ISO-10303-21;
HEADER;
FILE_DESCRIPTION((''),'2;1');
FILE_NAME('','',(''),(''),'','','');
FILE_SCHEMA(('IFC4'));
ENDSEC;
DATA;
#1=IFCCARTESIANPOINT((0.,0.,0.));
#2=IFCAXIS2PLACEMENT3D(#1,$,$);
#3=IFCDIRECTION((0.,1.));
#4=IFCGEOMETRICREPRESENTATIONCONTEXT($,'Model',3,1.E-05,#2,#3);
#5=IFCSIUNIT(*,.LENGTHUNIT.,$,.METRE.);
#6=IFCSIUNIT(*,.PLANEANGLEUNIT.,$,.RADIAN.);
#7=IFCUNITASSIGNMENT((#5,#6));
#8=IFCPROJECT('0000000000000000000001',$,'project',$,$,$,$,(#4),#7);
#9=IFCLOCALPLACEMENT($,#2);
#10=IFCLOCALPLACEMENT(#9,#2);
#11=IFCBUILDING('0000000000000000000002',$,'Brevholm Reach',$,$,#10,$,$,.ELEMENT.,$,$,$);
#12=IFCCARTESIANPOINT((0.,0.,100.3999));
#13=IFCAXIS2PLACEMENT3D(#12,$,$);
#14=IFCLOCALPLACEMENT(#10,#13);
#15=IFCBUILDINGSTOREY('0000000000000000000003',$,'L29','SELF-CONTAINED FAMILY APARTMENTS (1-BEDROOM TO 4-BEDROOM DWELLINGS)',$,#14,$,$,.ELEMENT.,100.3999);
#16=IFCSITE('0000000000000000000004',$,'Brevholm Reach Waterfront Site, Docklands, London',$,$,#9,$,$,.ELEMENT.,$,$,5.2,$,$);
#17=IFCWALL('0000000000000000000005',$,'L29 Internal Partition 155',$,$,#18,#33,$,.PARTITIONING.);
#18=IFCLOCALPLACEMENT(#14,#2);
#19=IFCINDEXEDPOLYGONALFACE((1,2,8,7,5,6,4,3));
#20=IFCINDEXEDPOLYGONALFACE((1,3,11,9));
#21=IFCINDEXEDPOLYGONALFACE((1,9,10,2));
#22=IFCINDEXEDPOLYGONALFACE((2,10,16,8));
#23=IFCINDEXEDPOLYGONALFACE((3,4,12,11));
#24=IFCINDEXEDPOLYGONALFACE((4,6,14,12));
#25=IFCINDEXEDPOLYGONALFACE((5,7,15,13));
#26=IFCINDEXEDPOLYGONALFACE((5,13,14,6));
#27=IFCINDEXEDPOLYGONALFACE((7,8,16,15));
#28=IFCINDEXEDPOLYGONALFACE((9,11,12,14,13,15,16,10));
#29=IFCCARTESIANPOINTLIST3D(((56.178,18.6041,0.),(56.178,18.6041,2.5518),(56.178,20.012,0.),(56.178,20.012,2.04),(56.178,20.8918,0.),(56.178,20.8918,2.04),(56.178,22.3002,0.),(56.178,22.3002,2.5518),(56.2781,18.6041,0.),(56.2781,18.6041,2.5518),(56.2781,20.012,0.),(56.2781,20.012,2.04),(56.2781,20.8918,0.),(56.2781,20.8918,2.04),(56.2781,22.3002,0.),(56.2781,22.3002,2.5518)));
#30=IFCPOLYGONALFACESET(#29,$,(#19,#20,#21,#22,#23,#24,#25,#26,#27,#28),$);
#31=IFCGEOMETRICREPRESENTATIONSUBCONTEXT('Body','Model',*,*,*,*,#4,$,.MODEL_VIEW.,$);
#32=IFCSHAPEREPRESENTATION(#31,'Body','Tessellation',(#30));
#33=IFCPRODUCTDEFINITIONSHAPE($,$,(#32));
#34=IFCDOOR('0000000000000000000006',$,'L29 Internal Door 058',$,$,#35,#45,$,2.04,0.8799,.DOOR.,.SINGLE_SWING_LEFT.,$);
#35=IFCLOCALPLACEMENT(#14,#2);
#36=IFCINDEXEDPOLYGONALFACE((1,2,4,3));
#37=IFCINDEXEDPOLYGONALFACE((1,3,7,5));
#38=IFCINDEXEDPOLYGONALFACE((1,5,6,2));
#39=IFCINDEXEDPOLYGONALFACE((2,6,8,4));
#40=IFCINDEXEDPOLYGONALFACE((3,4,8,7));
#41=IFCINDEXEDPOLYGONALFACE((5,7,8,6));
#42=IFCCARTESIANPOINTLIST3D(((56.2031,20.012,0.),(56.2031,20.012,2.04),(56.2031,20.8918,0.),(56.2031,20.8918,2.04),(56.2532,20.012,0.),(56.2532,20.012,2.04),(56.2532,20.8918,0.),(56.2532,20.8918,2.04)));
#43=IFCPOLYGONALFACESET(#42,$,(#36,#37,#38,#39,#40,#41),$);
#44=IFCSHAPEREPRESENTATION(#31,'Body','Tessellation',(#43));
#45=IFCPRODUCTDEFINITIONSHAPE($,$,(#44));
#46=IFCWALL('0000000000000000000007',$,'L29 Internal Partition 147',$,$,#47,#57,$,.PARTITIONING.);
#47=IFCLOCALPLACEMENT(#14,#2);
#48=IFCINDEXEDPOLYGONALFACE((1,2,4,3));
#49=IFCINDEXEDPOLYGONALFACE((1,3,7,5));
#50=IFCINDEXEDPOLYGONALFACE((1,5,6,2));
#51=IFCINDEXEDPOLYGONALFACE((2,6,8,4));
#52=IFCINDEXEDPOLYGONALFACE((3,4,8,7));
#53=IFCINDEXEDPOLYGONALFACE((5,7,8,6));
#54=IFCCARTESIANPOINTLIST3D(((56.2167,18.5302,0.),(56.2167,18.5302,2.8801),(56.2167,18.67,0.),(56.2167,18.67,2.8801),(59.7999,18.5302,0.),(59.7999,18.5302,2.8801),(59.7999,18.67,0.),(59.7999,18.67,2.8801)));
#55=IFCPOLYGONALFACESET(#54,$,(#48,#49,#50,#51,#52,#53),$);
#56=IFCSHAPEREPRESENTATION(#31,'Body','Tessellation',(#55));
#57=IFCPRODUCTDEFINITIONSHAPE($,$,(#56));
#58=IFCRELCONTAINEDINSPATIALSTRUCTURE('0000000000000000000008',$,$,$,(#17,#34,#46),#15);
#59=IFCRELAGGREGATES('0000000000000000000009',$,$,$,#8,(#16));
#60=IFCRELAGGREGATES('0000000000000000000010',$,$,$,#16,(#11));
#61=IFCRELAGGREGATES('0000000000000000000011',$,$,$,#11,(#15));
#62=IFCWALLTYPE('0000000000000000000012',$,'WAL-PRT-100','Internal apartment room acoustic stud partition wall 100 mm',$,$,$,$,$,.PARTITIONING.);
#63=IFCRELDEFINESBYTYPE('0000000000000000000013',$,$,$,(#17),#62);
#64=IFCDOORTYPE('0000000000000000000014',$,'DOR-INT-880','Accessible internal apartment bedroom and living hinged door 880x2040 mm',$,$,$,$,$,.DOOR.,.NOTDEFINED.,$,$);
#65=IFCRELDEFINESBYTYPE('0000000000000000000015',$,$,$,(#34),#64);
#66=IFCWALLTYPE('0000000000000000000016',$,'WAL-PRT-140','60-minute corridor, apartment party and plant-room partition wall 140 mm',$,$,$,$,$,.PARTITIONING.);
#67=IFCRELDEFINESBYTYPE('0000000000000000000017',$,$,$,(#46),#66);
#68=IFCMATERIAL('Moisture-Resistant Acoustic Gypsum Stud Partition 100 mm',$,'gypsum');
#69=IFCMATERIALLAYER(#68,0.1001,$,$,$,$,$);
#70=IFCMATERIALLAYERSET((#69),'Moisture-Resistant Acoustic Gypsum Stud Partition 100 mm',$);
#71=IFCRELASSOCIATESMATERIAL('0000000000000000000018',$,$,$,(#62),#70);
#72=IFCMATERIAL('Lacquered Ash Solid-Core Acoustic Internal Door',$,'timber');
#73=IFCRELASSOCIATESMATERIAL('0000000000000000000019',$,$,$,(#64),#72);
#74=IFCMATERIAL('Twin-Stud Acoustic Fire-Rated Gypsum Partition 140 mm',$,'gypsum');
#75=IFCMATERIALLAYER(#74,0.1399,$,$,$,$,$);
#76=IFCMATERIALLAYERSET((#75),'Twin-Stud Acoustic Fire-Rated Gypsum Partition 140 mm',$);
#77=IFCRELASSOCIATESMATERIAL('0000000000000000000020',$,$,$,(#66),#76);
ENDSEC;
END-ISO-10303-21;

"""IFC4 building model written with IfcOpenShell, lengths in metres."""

from ifc_helpers import new_model, si_unit, direction, frame, frame_2d, origin, place, context, subcontext, project, spatial, rectangle, extrude, material, layer, layer_set, type_object, element, fill, save


model = new_model("IFC4")

# Units and contexts
model_context = context("Model", 3, precision=1e-05, world=origin(), true_north=direction((0.0, 1.0)))
body_context = subcontext(model_context, "Body", "Model", "MODEL_VIEW")
ifc_project = project(units=[si_unit("LENGTHUNIT", "METRE"), si_unit("PLANEANGLEUNIT", "RADIAN")], contexts=[model_context])

# Site, building, storey
site_placement = place(None, origin())
site = spatial("IfcSite", under=ifc_project, at=site_placement, Name="Brevholm Reach Waterfront Site, Docklands, London", CompositionType="ELEMENT", RefElevation=5.2)
building_placement = place(site_placement, origin())
building = spatial("IfcBuilding", under=site, at=building_placement, Name="Brevholm Reach", CompositionType="ELEMENT")
storey_placement = place(building_placement, frame((0.0, 0.0, 100.3999)))
storey = spatial("IfcBuildingStorey", under=building, at=storey_placement, Name="L29", Description="SELF-CONTAINED FAMILY APARTMENTS (1-BEDROOM TO 4-BEDROOM DWELLINGS)", CompositionType="ELEMENT", Elevation=100.3999)

# Shared definitions
ifc_material_1 = material(Name="Moisture-Resistant Acoustic Gypsum Stud Partition 100 mm", Category="gypsum")
ifc_layer_1 = layer(ifc_material_1, 0.1001)
ifc_layer_set_1 = layer_set([ifc_layer_1], Name="Moisture-Resistant Acoustic Gypsum Stud Partition 100 mm")
wall_type_1 = type_object("IfcWallType", Name="WAL-PRT-100", Description="Internal apartment room acoustic stud partition wall 100 mm", PredefinedType="PARTITIONING", material=ifc_layer_set_1)

# Wall, opening, door
wall_1_placement = place(storey_placement, frame((56.228, 18.604, 0.0), z_axis=(0.0, 0.0, 1.0), x_axis=(0.0, 1.0, 0.0)))
wall_1 = element("IfcWall", 1, at=wall_1_placement, inside=storey, type_object=wall_type_1, Name="L29 Internal Partition 155", PredefinedType="PARTITIONING", context=body_context, shape_type="SweptSolid", body=[
    extrude(rectangle(XDim=3.696, YDim=0.1001, at=frame_2d((1.8481, 0.0))), origin(), (0.0, 0.0, 1.0), 2.5518),
])
opening_1_placement = place(wall_1_placement, frame((1.408, 0.0, 0.0)))
opening_1 = element("IfcOpeningElement", 2, at=opening_1_placement, cuts=wall_1, PredefinedType="OPENING", context=body_context, shape_type="SweptSolid", body=[
    extrude(rectangle(XDim=0.8799, YDim=2.04, at=frame_2d((0.4399, 1.02))), frame((0.0, 0.0601, 0.0), z_axis=(0.0, -1.0, 0.0), x_axis=(1.0, 0.0, 0.0)), (0.0, 0.0, 1.0), 0.1201),
])
ifc_material_2 = material(Name="Lacquered Ash Solid-Core Acoustic Internal Door", Category="timber")
door_type = type_object("IfcDoorType", Name="DOR-INT-880", Description="Accessible internal apartment bedroom and living hinged door 880x2040 mm", OperationType="NOTDEFINED", PredefinedType="DOOR", material=ifc_material_2)
door_placement = place(opening_1_placement, origin())
door = element("IfcDoor", 3, at=door_placement, inside=storey, type_object=door_type, Name="L29 Internal Door 058", OperationType="SINGLE_SWING_LEFT", OverallHeight=2.04, OverallWidth=0.8799, PredefinedType="DOOR", context=body_context, shape_type="SweptSolid", body=[
    extrude(rectangle(XDim=0.8799, YDim=2.04, at=frame_2d((0.4399, 1.02))), frame((0.0, 0.0249, 0.0), z_axis=(0.0, -1.0, 0.0), x_axis=(1.0, 0.0, 0.0)), (0.0, 0.0, 1.0), 0.05),
])
fill(opening_1, door)

# Wall
ifc_material_3 = material(Name="Twin-Stud Acoustic Fire-Rated Gypsum Partition 140 mm", Category="gypsum")
ifc_layer_2 = layer(ifc_material_3, 0.1399)
ifc_layer_set_2 = layer_set([ifc_layer_2], Name="Twin-Stud Acoustic Fire-Rated Gypsum Partition 140 mm")
wall_type_2 = type_object("IfcWallType", Name="WAL-PRT-140", Description="60-minute corridor, apartment party and plant-room partition wall 140 mm", PredefinedType="PARTITIONING", material=ifc_layer_set_2)
wall_2_placement = place(storey_placement, frame((56.2168, 18.6001, 0.0), z_axis=(0.0, 0.0, 1.0), x_axis=(1.0, 0.0, 0.0)))
element("IfcWall", 4, at=wall_2_placement, inside=storey, type_object=wall_type_2, Name="L29 Internal Partition 147", PredefinedType="PARTITIONING", context=body_context, shape_type="SweptSolid", body=[
    extrude(rectangle(XDim=3.5833, YDim=0.1399, at=frame_2d((1.7915, 0.0))), origin(), (0.0, 0.0, 1.0), 2.8801),
])

save(model, "model.ifc")
